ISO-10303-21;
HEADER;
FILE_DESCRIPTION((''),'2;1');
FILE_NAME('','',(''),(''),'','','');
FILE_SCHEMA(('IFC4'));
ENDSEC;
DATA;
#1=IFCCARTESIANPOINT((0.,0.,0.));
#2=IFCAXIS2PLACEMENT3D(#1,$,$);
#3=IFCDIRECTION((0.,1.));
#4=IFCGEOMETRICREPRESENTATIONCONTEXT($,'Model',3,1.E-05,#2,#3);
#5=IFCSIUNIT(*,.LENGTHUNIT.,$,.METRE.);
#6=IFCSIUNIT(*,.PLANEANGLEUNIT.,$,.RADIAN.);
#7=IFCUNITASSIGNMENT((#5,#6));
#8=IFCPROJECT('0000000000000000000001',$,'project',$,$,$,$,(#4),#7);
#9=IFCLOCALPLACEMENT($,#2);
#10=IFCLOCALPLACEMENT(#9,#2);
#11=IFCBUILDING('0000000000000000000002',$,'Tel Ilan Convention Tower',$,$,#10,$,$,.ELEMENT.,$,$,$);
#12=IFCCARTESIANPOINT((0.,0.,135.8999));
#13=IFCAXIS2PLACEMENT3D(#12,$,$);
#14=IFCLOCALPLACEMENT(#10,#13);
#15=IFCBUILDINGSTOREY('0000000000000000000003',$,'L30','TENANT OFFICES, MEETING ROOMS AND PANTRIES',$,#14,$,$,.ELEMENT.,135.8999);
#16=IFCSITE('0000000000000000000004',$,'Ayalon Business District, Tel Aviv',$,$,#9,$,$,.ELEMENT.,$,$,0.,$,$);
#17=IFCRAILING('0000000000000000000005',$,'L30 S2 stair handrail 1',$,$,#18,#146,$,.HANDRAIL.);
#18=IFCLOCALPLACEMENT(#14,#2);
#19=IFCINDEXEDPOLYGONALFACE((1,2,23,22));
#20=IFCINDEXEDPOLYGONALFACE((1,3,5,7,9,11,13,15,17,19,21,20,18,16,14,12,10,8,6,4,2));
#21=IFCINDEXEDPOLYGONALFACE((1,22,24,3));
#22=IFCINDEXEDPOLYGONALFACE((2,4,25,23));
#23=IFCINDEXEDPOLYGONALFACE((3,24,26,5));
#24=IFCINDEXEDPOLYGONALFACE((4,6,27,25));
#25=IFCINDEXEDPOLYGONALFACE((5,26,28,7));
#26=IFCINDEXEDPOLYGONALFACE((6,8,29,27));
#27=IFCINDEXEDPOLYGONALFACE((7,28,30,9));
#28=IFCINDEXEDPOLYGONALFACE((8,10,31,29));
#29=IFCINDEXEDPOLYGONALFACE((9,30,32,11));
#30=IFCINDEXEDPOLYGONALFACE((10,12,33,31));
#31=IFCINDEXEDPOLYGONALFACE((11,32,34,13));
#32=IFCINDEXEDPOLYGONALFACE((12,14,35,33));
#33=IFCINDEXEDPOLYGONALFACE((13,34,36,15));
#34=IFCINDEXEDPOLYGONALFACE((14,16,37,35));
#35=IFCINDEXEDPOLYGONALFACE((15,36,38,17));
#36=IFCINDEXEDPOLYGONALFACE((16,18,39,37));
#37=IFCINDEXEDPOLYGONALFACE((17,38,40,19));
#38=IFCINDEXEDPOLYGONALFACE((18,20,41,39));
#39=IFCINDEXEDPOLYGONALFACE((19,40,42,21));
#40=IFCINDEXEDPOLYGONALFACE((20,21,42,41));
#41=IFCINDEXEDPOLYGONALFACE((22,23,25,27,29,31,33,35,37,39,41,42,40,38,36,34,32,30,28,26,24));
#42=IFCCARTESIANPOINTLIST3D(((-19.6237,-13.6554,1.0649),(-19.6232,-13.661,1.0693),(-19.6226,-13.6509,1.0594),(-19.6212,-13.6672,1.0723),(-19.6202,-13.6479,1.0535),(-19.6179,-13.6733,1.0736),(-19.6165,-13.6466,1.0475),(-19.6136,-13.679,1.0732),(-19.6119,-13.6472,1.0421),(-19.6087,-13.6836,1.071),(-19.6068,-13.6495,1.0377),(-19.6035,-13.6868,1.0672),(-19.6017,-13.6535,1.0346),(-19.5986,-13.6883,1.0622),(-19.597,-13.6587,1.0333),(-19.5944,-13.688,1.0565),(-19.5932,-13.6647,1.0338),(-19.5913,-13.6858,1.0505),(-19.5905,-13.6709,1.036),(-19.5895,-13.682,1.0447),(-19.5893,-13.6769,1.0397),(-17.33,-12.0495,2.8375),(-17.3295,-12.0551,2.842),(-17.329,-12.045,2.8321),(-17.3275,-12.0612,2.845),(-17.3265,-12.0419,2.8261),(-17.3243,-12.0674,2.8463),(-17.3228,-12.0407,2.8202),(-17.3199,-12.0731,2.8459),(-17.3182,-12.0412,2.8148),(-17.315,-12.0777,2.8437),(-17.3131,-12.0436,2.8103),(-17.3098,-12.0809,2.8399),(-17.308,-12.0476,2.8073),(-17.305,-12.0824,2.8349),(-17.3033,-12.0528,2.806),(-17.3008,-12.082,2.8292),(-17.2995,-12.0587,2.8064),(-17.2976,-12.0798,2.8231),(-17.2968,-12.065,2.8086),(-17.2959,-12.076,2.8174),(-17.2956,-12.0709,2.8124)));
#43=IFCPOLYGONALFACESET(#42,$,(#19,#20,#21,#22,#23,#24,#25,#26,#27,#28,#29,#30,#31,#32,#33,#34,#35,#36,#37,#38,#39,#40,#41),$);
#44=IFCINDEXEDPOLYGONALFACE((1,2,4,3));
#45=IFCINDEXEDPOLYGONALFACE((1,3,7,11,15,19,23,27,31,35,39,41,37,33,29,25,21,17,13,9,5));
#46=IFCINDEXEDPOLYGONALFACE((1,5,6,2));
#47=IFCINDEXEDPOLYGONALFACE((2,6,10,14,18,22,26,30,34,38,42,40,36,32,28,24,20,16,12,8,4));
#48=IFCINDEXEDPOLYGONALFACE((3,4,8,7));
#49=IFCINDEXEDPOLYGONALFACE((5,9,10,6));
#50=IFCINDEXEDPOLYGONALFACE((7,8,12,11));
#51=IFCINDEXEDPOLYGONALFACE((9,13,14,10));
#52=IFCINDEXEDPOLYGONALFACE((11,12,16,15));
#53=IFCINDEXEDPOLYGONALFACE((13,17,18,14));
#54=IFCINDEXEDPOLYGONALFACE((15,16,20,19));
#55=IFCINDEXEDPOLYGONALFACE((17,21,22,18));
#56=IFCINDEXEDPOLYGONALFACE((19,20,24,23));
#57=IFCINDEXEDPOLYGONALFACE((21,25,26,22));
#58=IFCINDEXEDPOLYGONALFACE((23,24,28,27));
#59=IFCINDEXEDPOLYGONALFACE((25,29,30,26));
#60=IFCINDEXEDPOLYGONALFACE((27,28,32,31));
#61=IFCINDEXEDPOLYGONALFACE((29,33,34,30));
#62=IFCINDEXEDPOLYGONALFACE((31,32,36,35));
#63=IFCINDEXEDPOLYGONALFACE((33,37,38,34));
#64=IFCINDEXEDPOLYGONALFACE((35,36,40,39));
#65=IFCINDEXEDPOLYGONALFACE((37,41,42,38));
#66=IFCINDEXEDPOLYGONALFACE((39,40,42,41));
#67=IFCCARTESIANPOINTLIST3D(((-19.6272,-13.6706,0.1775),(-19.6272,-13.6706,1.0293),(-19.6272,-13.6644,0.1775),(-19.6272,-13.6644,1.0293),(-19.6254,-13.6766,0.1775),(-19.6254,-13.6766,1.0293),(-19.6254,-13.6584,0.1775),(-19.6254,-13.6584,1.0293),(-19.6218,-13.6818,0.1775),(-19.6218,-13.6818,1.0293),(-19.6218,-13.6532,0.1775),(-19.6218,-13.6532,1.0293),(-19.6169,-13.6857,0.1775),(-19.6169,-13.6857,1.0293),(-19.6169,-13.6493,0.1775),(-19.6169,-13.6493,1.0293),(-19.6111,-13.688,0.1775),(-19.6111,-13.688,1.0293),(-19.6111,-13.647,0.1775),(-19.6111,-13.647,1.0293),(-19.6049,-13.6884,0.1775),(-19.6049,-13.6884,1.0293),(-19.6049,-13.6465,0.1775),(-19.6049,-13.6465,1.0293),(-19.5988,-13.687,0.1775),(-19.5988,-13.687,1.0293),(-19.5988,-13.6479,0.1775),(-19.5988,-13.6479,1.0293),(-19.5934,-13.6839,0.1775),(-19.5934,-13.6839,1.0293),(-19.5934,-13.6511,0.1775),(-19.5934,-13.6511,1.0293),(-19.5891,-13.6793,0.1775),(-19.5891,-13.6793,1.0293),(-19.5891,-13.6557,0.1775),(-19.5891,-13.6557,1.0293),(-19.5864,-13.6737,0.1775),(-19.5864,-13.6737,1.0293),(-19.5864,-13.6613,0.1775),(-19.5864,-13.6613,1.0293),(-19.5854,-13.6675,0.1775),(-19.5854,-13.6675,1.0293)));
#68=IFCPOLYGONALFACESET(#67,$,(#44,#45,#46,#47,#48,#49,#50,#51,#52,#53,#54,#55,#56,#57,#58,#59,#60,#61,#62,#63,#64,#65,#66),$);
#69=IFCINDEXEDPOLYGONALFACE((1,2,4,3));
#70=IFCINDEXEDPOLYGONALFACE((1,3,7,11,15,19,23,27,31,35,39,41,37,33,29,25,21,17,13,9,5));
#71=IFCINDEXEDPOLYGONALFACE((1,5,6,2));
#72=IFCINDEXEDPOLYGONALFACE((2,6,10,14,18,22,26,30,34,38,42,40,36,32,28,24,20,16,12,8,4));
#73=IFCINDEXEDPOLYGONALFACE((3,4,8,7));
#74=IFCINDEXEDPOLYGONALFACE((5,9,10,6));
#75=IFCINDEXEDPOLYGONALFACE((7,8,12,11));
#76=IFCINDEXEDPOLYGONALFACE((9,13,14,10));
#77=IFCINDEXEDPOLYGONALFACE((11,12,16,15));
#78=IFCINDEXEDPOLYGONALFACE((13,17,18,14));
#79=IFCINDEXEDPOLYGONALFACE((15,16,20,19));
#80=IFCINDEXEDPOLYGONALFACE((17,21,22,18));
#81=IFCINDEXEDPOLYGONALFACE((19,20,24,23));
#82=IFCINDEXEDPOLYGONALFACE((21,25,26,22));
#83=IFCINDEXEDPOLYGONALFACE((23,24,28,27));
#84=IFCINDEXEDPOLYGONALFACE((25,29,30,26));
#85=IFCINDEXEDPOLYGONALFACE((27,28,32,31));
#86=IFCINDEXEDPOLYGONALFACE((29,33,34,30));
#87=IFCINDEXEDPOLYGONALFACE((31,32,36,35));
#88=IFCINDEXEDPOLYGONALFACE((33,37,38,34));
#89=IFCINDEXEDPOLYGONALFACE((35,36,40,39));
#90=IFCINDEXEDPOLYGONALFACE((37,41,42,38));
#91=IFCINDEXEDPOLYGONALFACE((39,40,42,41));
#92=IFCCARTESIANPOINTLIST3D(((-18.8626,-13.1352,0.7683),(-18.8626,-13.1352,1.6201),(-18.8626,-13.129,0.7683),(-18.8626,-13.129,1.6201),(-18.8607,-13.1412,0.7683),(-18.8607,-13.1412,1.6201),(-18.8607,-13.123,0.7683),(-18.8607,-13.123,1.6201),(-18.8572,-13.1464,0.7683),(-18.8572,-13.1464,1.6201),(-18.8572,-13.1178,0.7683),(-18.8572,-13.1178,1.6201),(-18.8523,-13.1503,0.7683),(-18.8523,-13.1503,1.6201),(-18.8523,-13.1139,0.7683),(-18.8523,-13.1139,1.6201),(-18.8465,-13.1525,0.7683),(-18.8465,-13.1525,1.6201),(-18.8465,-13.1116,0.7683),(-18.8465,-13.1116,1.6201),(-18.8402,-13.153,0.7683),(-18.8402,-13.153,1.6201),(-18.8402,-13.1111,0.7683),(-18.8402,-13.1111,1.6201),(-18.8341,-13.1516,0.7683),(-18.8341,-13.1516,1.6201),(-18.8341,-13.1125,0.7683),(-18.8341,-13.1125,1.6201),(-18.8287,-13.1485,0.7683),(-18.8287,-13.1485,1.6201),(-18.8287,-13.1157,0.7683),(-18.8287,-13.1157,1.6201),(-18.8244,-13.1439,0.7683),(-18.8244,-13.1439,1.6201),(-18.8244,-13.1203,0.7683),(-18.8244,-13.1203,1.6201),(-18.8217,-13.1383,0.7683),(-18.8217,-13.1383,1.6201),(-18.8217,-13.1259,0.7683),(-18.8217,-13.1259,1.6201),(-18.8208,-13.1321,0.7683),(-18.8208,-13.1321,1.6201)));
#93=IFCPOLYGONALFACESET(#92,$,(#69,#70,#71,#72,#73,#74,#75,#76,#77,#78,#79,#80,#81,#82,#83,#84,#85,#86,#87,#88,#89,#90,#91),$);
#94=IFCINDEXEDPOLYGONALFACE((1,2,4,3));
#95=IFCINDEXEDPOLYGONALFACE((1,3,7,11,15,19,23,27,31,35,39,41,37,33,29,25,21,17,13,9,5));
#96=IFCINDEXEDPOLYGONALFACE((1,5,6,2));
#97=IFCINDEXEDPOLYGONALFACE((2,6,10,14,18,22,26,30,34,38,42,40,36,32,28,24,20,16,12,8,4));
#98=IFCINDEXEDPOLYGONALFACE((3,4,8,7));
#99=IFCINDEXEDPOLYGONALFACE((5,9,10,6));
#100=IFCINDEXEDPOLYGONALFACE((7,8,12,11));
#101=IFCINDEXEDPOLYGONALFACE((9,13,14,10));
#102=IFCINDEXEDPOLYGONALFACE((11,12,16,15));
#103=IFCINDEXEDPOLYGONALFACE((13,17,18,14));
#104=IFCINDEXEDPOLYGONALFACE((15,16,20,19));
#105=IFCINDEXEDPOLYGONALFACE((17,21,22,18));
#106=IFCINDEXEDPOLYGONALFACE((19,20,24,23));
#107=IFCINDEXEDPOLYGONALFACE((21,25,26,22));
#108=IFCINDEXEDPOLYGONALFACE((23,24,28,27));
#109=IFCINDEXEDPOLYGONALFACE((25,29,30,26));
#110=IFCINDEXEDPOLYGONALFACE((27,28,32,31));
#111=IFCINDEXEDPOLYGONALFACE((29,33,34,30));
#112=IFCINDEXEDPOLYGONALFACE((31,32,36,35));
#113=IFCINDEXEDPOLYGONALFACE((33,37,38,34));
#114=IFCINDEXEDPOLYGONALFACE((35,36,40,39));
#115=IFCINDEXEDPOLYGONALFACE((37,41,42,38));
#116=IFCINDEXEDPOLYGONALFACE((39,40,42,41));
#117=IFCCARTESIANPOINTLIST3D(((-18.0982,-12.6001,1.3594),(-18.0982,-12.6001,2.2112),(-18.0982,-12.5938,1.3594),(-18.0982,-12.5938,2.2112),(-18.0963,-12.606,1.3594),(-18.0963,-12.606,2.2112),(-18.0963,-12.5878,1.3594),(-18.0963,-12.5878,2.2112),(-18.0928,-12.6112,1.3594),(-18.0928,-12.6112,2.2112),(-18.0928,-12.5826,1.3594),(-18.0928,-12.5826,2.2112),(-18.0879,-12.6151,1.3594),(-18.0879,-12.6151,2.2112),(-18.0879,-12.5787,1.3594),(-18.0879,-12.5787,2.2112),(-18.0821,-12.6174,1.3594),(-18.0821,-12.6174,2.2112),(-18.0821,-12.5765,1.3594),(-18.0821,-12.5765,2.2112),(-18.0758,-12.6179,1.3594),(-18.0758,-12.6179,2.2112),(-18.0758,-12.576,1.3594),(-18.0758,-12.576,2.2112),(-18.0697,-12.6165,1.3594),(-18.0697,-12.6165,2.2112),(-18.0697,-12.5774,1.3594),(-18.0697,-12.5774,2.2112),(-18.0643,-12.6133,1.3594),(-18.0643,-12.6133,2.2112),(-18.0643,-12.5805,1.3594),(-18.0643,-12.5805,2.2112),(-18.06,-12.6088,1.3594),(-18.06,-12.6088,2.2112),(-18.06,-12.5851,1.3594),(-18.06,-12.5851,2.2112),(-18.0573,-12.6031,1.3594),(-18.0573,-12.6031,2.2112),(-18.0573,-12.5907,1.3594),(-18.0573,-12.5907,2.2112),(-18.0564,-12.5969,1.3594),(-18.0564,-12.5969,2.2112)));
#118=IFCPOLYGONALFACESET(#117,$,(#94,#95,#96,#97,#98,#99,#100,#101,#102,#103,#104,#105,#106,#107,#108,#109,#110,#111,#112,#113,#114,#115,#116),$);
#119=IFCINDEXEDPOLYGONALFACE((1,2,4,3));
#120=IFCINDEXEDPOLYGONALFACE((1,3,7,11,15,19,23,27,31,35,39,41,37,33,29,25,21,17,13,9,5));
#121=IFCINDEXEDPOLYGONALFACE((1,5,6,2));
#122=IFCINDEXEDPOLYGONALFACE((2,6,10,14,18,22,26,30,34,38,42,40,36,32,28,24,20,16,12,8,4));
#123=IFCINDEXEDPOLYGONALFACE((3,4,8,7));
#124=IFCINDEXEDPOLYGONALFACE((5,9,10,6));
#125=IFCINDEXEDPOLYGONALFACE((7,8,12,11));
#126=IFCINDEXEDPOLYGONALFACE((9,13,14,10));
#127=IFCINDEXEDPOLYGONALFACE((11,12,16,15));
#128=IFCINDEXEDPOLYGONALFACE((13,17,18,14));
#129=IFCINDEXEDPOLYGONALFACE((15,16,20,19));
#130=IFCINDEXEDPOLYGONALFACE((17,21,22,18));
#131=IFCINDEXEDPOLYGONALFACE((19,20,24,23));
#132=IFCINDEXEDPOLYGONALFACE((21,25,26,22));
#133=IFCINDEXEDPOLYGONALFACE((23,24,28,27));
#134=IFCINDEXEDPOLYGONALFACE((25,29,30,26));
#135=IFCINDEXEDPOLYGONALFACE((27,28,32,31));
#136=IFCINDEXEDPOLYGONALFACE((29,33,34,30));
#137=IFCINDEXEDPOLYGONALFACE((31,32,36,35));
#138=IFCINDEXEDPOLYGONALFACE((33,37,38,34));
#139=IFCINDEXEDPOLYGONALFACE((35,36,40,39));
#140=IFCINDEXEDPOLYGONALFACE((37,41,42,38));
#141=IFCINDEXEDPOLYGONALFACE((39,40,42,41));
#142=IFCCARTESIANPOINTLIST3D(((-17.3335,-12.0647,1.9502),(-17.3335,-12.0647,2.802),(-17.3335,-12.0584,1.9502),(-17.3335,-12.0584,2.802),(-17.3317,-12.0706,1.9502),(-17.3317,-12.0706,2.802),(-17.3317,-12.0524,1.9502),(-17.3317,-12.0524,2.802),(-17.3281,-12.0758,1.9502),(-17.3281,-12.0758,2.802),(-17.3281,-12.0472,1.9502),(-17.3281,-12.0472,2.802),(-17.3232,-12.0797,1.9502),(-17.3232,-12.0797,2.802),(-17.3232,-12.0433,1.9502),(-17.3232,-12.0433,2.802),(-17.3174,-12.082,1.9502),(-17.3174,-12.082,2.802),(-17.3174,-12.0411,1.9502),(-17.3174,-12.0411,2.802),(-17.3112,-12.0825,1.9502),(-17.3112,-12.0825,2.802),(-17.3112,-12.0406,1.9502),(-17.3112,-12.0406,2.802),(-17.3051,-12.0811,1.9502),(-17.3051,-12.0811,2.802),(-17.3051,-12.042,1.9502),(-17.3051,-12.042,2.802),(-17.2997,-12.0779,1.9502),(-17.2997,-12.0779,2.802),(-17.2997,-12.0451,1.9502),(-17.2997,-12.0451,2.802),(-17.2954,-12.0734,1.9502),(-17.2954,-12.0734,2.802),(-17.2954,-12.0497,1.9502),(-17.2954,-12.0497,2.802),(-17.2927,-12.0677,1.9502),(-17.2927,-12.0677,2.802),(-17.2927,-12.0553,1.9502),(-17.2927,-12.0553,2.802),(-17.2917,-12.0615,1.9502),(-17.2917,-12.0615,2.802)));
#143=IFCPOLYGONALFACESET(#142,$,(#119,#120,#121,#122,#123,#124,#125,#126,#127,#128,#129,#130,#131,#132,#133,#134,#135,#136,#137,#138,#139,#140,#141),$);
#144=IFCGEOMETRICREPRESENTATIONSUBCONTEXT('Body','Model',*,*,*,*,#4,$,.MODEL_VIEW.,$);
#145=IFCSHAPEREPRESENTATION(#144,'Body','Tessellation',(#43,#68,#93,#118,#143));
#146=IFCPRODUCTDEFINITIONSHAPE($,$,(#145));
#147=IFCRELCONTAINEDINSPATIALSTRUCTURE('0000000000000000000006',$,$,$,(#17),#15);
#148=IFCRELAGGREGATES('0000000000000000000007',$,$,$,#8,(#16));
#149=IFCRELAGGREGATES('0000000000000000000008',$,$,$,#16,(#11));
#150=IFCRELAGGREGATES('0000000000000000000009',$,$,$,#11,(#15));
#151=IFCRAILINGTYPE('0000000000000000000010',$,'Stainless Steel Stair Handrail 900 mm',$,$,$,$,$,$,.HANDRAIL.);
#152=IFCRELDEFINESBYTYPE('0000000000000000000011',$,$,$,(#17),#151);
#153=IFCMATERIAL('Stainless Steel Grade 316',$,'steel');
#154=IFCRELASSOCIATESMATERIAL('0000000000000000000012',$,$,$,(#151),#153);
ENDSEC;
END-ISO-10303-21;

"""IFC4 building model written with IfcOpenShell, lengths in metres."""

from ifc_helpers import new_model, si_unit, direction, frame, origin, origin_2d, place, context, subcontext, project, spatial, circle, extrude, material, type_object, element, save


model = new_model("IFC4")

# Units and contexts
model_context = context("Model", 3, precision=1e-05, world=origin(), true_north=direction((0.0, 1.0)))
body_context = subcontext(model_context, "Body", "Model", "MODEL_VIEW")
ifc_project = project(units=[si_unit("LENGTHUNIT", "METRE"), si_unit("PLANEANGLEUNIT", "RADIAN")], contexts=[model_context])

# Site, building, storey
site_placement = place(None, origin())
site = spatial("IfcSite", under=ifc_project, at=site_placement, Name="Ayalon Business District, Tel Aviv", CompositionType="ELEMENT", RefElevation=0.0)
building_placement = place(site_placement, origin())
building = spatial("IfcBuilding", under=site, at=building_placement, Name="Tel Ilan Convention Tower", CompositionType="ELEMENT")
storey_placement = place(building_placement, frame((0.0, 0.0, 135.8999)))
storey = spatial("IfcBuildingStorey", under=building, at=storey_placement, Name="L30", Description="TENANT OFFICES, MEETING ROOMS AND PANTRIES", CompositionType="ELEMENT", Elevation=135.8999)

# Railing
ifc_material_1 = material(Name="Stainless Steel Grade 316", Category="steel")
railing_type_1 = type_object("IfcRailingType", Name="Stainless Steel Stair Handrail 900 mm", PredefinedType="HANDRAIL", material=ifc_material_1)
railing_1_placement = place(storey_placement, frame((-19.6064, -13.6675, 0.1775)))
element("IfcRailing", 1, at=railing_1_placement, inside=storey, type_object=railing_type_1, Name="L30 S2 stair handrail 1", PredefinedType="HANDRAIL", context=body_context, shape_type="SweptSolid", body=[
    extrude(circle(Radius=0.0239, at=origin_2d()), frame((0.0, 0.0, 0.876), z_axis=(0.692123, 0.484597, 0.534913), x_axis=(-0.57355, 0.81917, 0.0)), (0.0, 0.0, 1.0), 3.314),
    extrude(circle(Radius=0.021, at=origin_2d()), origin(), (0.0, 0.0, 1.0), 0.8518),
    extrude(circle(Radius=0.021, at=origin_2d()), frame((0.7646, 0.5354, 0.5908)), (0.0, 0.0, 1.0), 0.8518),
    extrude(circle(Radius=0.021, at=origin_2d()), frame((1.5291, 1.0706, 1.1819)), (0.0, 0.0, 1.0), 0.8518),
    extrude(circle(Radius=0.021, at=origin_2d()), frame((2.2937, 1.606, 1.7727)), (0.0, 0.0, 1.0), 0.8518),
])

save(model, "model.ifc")
